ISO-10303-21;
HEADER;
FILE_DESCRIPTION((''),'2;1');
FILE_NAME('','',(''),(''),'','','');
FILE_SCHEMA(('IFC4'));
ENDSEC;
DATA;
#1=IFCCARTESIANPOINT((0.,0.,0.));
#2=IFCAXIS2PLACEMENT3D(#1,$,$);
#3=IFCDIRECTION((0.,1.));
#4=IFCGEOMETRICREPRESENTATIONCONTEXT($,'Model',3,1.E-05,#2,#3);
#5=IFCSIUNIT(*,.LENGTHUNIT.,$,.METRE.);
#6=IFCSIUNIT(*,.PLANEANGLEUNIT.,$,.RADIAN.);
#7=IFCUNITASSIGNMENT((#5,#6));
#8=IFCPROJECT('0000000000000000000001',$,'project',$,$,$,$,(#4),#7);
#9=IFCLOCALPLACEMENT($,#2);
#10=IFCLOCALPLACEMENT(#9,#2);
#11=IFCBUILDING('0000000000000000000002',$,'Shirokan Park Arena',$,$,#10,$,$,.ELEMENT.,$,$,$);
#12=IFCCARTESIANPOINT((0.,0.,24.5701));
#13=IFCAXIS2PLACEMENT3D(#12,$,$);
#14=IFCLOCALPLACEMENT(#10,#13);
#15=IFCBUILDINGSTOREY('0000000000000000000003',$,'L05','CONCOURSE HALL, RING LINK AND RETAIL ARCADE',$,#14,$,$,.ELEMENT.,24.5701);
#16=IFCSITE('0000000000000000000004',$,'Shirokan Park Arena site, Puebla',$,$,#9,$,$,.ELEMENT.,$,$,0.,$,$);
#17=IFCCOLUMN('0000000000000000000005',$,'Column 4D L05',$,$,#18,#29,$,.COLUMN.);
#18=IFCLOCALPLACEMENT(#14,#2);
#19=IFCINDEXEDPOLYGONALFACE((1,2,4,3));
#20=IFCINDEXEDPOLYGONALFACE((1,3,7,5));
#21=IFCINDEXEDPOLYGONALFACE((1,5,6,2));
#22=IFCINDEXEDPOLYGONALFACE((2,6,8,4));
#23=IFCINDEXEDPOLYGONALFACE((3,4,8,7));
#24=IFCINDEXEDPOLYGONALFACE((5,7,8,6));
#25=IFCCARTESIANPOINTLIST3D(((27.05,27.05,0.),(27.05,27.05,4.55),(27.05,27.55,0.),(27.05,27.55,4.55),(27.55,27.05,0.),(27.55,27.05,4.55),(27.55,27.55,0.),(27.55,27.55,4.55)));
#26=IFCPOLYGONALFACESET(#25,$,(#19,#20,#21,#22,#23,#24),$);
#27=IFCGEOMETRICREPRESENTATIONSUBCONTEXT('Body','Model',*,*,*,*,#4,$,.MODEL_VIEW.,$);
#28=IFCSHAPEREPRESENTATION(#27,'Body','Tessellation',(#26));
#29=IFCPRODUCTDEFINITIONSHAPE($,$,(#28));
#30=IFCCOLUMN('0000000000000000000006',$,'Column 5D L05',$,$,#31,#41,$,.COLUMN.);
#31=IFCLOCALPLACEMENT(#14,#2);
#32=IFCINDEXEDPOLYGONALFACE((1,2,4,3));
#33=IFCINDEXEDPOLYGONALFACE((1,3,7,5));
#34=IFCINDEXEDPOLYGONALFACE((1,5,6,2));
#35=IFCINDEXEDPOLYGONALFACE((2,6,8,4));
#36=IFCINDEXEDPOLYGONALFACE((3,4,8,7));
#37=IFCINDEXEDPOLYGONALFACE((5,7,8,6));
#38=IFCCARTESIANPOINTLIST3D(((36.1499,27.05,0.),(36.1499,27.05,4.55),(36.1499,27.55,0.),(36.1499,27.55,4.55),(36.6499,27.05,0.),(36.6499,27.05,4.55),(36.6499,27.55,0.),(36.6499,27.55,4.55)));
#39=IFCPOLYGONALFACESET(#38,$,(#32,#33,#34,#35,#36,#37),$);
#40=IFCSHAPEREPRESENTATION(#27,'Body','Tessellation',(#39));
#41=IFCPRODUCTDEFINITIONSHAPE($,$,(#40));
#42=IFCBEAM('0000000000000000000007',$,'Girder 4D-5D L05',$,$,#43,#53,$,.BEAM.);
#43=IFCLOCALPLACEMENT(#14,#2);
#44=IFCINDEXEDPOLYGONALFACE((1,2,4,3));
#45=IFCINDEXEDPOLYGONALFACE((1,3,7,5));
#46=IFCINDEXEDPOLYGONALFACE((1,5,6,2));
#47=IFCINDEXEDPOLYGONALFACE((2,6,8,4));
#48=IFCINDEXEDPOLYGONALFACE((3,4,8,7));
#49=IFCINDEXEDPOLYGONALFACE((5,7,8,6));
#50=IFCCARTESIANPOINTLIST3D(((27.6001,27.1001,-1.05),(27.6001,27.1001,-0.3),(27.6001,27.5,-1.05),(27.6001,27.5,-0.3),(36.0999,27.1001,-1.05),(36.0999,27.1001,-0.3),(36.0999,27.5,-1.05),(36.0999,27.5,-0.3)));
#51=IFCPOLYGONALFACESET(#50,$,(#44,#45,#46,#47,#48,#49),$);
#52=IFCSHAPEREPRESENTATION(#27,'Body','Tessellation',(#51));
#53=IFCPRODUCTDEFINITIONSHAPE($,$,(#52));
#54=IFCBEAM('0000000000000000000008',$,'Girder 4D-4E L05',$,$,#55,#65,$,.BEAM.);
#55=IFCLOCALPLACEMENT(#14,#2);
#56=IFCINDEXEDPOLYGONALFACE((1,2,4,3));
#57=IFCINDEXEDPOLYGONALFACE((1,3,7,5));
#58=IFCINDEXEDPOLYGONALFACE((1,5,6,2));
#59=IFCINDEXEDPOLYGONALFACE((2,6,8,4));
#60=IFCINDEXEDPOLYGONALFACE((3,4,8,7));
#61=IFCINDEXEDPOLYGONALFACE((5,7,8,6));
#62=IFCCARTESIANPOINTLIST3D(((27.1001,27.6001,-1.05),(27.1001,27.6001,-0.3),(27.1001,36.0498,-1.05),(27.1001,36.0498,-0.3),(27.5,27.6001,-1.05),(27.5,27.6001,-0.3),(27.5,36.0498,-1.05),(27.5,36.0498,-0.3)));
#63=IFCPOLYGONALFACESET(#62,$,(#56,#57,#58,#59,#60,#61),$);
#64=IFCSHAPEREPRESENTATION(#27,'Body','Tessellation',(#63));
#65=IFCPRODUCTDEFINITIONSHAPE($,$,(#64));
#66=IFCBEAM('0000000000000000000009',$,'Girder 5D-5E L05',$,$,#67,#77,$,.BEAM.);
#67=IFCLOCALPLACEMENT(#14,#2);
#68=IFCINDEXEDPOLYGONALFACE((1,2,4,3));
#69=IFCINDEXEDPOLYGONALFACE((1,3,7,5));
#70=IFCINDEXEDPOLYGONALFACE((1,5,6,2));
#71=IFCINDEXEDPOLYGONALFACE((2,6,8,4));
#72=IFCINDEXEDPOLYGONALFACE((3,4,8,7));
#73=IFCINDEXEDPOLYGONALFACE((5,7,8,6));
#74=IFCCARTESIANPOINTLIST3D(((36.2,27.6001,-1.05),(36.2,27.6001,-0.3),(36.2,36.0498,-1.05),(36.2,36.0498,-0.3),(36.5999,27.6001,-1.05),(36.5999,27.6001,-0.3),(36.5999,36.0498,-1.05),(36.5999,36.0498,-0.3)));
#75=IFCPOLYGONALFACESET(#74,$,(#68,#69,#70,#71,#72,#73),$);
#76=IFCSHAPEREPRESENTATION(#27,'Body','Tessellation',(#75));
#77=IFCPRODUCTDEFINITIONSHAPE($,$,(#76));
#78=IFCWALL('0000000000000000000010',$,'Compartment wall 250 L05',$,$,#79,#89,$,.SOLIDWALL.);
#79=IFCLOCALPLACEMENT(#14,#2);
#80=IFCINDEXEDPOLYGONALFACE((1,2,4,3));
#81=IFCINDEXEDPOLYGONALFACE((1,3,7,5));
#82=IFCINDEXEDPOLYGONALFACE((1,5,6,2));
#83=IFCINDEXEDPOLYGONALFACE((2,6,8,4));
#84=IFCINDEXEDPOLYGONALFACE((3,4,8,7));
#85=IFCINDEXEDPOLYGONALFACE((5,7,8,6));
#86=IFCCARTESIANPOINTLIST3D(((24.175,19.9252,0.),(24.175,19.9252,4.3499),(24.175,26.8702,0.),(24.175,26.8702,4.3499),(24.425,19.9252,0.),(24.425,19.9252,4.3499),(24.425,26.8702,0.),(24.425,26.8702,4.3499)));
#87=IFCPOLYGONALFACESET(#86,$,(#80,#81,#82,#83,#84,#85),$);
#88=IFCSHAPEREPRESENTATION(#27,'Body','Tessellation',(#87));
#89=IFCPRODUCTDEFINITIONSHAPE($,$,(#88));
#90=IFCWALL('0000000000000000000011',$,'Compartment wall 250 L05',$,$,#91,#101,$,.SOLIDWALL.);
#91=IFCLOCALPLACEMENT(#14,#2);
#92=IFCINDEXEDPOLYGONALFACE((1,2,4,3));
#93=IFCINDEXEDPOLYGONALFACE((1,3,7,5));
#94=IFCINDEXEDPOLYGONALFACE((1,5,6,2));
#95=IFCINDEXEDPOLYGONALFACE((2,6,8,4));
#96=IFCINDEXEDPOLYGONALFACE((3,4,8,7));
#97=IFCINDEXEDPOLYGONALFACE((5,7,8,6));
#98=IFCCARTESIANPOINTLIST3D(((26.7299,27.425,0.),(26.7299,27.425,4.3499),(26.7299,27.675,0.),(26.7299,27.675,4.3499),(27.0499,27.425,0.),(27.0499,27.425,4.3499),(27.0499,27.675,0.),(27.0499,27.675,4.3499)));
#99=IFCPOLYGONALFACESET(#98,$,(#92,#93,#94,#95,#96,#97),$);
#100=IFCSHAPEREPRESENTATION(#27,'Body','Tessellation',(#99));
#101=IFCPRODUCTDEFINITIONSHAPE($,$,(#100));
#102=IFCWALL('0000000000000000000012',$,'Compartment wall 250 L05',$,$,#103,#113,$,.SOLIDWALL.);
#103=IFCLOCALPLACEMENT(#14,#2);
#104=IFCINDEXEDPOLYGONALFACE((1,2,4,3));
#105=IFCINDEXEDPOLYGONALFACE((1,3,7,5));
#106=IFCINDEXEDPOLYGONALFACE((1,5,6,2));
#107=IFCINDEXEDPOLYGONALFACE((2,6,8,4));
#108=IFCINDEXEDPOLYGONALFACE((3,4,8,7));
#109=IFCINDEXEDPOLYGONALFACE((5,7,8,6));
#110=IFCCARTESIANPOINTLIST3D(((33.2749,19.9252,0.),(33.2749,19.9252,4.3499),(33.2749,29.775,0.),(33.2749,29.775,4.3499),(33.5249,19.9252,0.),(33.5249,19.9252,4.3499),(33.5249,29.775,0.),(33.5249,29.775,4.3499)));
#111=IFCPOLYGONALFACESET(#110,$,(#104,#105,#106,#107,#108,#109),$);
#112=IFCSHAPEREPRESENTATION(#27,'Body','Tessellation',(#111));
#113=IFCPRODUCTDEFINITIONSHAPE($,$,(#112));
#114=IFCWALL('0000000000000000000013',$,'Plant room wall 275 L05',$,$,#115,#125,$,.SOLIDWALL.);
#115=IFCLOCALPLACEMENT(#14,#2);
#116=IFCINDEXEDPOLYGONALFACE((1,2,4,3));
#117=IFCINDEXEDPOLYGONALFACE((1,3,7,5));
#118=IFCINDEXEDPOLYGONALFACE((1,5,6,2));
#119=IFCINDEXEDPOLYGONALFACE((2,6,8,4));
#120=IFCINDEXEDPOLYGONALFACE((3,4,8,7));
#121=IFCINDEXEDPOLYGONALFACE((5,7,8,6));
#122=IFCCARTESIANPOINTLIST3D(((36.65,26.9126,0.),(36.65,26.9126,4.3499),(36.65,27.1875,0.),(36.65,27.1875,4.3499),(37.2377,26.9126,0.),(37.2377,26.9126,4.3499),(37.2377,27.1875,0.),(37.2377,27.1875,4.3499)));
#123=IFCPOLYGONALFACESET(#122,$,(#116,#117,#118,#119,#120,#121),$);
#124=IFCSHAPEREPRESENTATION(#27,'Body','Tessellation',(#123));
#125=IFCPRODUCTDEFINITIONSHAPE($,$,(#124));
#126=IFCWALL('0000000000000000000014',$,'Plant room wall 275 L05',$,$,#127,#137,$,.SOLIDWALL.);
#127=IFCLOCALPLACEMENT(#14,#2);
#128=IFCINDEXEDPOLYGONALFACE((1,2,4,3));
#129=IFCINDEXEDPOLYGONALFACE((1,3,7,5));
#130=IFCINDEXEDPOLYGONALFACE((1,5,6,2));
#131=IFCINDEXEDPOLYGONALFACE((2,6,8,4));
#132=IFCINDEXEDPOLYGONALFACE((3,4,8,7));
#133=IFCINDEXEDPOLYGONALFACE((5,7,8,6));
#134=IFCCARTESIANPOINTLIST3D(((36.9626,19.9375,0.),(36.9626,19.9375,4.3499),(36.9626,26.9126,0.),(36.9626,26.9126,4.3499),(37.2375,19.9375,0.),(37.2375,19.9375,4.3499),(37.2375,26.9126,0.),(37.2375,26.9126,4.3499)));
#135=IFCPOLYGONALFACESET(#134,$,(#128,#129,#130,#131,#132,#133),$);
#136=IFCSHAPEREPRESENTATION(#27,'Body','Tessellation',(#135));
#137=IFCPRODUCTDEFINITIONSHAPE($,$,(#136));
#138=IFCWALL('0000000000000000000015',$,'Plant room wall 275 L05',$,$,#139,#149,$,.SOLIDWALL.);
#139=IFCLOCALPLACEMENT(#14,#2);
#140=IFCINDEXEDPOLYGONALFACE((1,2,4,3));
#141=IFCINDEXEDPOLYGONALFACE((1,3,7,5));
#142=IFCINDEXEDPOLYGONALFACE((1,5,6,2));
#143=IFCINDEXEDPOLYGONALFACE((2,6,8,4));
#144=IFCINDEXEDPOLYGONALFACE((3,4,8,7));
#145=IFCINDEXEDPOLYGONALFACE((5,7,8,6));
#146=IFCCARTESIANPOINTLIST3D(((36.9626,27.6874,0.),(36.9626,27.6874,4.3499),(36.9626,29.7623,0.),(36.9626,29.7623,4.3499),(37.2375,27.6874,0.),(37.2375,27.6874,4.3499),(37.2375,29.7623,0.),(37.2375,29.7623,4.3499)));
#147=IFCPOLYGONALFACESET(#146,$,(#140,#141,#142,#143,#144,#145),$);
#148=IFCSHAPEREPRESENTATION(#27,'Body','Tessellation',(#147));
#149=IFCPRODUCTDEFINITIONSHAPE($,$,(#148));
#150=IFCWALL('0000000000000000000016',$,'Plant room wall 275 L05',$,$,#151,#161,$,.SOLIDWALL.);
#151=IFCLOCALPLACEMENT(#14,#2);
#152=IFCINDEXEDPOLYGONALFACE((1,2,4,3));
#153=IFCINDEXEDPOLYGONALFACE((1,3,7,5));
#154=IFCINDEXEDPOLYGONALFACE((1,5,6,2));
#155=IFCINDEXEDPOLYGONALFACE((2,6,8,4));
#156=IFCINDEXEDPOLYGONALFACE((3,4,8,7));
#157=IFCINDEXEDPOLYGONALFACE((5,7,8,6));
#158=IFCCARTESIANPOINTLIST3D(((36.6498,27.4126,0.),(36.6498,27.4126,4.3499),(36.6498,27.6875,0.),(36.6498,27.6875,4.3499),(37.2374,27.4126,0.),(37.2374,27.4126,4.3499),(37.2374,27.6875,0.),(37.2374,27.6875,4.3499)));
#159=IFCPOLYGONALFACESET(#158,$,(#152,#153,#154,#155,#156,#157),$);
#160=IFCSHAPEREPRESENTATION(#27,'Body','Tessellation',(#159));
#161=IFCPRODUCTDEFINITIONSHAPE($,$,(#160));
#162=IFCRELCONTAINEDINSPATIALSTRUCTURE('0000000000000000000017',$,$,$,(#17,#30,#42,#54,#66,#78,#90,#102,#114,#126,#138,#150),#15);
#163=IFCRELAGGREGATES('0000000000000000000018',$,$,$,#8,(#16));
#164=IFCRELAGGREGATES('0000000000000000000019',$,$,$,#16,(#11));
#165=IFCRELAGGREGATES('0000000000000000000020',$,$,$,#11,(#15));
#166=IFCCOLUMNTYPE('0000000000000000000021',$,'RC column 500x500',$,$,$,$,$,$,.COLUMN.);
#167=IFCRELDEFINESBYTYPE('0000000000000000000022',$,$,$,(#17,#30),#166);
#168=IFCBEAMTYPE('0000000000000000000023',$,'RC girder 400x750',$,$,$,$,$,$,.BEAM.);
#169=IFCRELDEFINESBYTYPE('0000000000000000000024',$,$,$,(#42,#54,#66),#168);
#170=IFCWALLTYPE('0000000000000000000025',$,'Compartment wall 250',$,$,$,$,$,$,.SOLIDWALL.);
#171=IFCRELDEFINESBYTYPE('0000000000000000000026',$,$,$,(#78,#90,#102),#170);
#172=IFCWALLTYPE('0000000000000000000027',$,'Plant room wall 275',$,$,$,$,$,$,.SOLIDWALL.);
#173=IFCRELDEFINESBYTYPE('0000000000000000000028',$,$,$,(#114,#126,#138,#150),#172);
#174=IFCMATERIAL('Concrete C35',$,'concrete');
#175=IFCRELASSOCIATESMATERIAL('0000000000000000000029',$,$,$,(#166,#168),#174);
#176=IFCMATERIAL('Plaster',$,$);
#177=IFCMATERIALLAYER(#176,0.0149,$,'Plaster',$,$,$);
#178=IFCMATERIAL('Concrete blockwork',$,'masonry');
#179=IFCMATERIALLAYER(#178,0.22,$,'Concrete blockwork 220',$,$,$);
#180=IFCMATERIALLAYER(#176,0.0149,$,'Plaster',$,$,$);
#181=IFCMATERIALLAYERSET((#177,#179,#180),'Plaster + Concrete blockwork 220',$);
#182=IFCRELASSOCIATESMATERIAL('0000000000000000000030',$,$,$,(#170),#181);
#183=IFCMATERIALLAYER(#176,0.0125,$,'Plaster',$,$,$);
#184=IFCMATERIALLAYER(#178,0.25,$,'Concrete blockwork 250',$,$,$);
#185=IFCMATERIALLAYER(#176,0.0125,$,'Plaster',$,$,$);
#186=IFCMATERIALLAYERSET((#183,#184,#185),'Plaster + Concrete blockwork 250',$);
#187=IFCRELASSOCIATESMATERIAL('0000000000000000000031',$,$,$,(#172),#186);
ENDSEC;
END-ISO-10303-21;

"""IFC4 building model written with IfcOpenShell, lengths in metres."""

from ifc_helpers import new_model, si_unit, direction, frame, frame_2d, origin, origin_2d, place, context, subcontext, project, spatial, rectangle, extrude, material, layer, layer_set, material_profile, profile_set, type_object, element, save


model = new_model("IFC4")

# Units and contexts
model_context = context("Model", 3, precision=1e-05, world=origin(), true_north=direction((0.0, 1.0)))
body_context = subcontext(model_context, "Body", "Model", "MODEL_VIEW")
ifc_project = project(units=[si_unit("LENGTHUNIT", "METRE"), si_unit("PLANEANGLEUNIT", "RADIAN")], contexts=[model_context])

# Site, building, storey
site_placement = place(None, origin())
site = spatial("IfcSite", under=ifc_project, at=site_placement, Name="Shirokan Park Arena site, Puebla", CompositionType="ELEMENT", RefElevation=0.0)
building_placement = place(site_placement, origin())
building = spatial("IfcBuilding", under=site, at=building_placement, Name="Shirokan Park Arena", CompositionType="ELEMENT")
storey_placement = place(building_placement, frame((0.0, 0.0, 24.5701)))
storey = spatial("IfcBuildingStorey", under=building, at=storey_placement, Name="L05", Description="CONCOURSE HALL, RING LINK AND RETAIL ARCADE", CompositionType="ELEMENT", Elevation=24.5701)

# Columns
ifc_material_1 = material(Name="Concrete C35", Category="concrete")
ifc_material_profile_1 = material_profile(ifc_material_1, rectangle(XDim=0.5, YDim=0.5, at=origin_2d()), Name="500x500")
ifc_profile_set_1 = profile_set([ifc_material_profile_1], Name="Concrete C35")
column_type = type_object("IfcColumnType", Name="RC column 500x500", PredefinedType="COLUMN", material=ifc_profile_set_1)
for number, where, z_axis, x_axis, name in (
    (1, (27.3, 27.3, 0.0), (0.0, 0.0, 1.0), (1.0, 0.0, 0.0), "Column 4D L05"),
    (2, (36.3999, 27.3, 0.0), (0.0, 0.0, 1.0), (1.0, 0.0, 0.0), "Column 5D L05"),
):
    element("IfcColumn", number, at=place(storey_placement, frame(where, z_axis=z_axis, x_axis=x_axis)), inside=storey, type_object=column_type, Name=name, PredefinedType="COLUMN", context=body_context, shape_type="SweptSolid", body=[
        extrude(rectangle(XDim=0.5, YDim=0.5, at=origin_2d()), origin(), (0.0, 0.0, 1.0), 4.55),
    ])

# Beams
ifc_material_profile_2 = material_profile(ifc_material_1, rectangle(XDim=0.3999, YDim=0.75, at=origin_2d()), Name="400x750")
ifc_profile_set_2 = profile_set([ifc_material_profile_2], Name="Concrete C35")
beam_type = type_object("IfcBeamType", Name="RC girder 400x750", PredefinedType="BEAM", material=ifc_profile_set_2)
beam_placement = place(storey_placement, frame((27.6001, 27.3, -0.675), z_axis=(1.0, 0.0, 0.0), x_axis=(0.0, 1.0, 0.0)))
element("IfcBeam", 3, at=beam_placement, inside=storey, type_object=beam_type, Name="Girder 4D-5D L05", PredefinedType="BEAM", context=body_context, shape_type="SweptSolid", body=[
    extrude(rectangle(XDim=0.3999, YDim=0.75, at=origin_2d()), origin(), (0.0, 0.0, 1.0), 8.4998),
])
for number, where, z_axis, x_axis, name in (
    (4, (27.3, 27.6001, -0.675), (0.0, 1.0, 0.0), (-1.0, 0.0, 0.0), "Girder 4D-4E L05"),
    (5, (36.3999, 27.6001, -0.675), (0.0, 1.0, 0.0), (-1.0, 0.0, 0.0), "Girder 5D-5E L05"),
):
    element("IfcBeam", number, at=place(storey_placement, frame(where, z_axis=z_axis, x_axis=x_axis)), inside=storey, type_object=beam_type, Name=name, PredefinedType="BEAM", context=body_context, shape_type="SweptSolid", body=[
        extrude(rectangle(XDim=0.3999, YDim=0.75, at=origin_2d()), origin(), (0.0, 0.0, 1.0), 8.4497),
    ])

# Walls
ifc_material_2 = material(Name="Plaster")
ifc_layer_1 = layer(ifc_material_2, 0.0149, Name="Plaster")
ifc_material_3 = material(Name="Concrete blockwork", Category="masonry")
ifc_layer_2 = layer(ifc_material_3, 0.22, Name="Concrete blockwork 220")
ifc_layer_3 = layer(ifc_material_2, 0.0149, Name="Plaster")
ifc_layer_set_1 = layer_set([ifc_layer_1, ifc_layer_2, ifc_layer_3], Name="Plaster + Concrete blockwork 220")
wall_type_1 = type_object("IfcWallType", Name="Compartment wall 250", PredefinedType="SOLIDWALL", material=ifc_layer_set_1)
wall_1_placement = place(storey_placement, frame((24.3, 19.925, 0.0), z_axis=(0.0, 0.0, 1.0), x_axis=(0.0, 1.0, 0.0)))
element("IfcWall", 6, at=wall_1_placement, inside=storey, type_object=wall_type_1, Name="Compartment wall 250 L05", PredefinedType="SOLIDWALL", context=body_context, shape_type="SweptSolid", body=[
    extrude(rectangle(XDim=6.9451, YDim=0.25, at=frame_2d((3.4727, 0.0))), origin(), (0.0, 0.0, 1.0), 4.3499),
])
wall_2_placement = place(storey_placement, frame((27.05, 27.55, 0.0), z_axis=(0.0, 0.0, 1.0), x_axis=(-1.0, 0.0, 0.0)))
element("IfcWall", 7, at=wall_2_placement, inside=storey, type_object=wall_type_1, Name="Compartment wall 250 L05", PredefinedType="SOLIDWALL", context=body_context, shape_type="SweptSolid", body=[
    extrude(rectangle(XDim=0.3201, YDim=0.25, at=frame_2d((0.1602, 0.0))), origin(), (0.0, 0.0, 1.0), 4.3499),
])
wall_3_placement = place(storey_placement, frame((33.3999, 29.7749, 0.0), z_axis=(0.0, 0.0, 1.0), x_axis=(0.0, -1.0, 0.0)))
element("IfcWall", 8, at=wall_3_placement, inside=storey, type_object=wall_type_1, Name="Compartment wall 250 L05", PredefinedType="SOLIDWALL", context=body_context, shape_type="SweptSolid", body=[
    extrude(rectangle(XDim=9.8499, YDim=0.25, at=frame_2d((4.9248, 0.0))), origin(), (0.0, 0.0, 1.0), 4.3499),
])
ifc_layer_4 = layer(ifc_material_2, 0.0125, Name="Plaster")
ifc_layer_5 = layer(ifc_material_3, 0.25, Name="Concrete blockwork 250")
ifc_layer_6 = layer(ifc_material_2, 0.0125, Name="Plaster")
ifc_layer_set_2 = layer_set([ifc_layer_4, ifc_layer_5, ifc_layer_6], Name="Plaster + Concrete blockwork 250")
wall_type_2 = type_object("IfcWallType", Name="Plant room wall 275", PredefinedType="SOLIDWALL", material=ifc_layer_set_2)
wall_4_placement = place(storey_placement, frame((36.6499, 27.05, 0.0), z_axis=(0.0, 0.0, 1.0), x_axis=(1.0, 0.0, 0.0)))
element("IfcWall", 9, at=wall_4_placement, inside=storey, type_object=wall_type_2, Name="Plant room wall 275 L05", PredefinedType="SOLIDWALL", context=body_context, shape_type="SweptSolid", body=[
    extrude(rectangle(XDim=0.5876, YDim=0.2749, at=frame_2d((0.2939, 0.0))), origin(), (0.0, 0.0, 1.0), 4.3499),
])

# Walls
wall_5_placement = place(storey_placement, frame((37.1001, 26.9126, 0.0), z_axis=(0.0, 0.0, 1.0), x_axis=(0.0, -1.0, 0.0)))
element("IfcWall", 10, at=wall_5_placement, inside=storey, type_object=wall_type_2, Name="Plant room wall 275 L05", PredefinedType="SOLIDWALL", context=body_context, shape_type="SweptSolid", body=[
    extrude(rectangle(XDim=6.9751, YDim=0.2749, at=frame_2d((3.4875, 0.0))), origin(), (0.0, 0.0, 1.0), 4.3499),
])
wall_6_placement = place(storey_placement, frame((37.1001, 29.7625, 0.0), z_axis=(0.0, 0.0, 1.0), x_axis=(0.0, -1.0, 0.0)))
element("IfcWall", 11, at=wall_6_placement, inside=storey, type_object=wall_type_2, Name="Plant room wall 275 L05", PredefinedType="SOLIDWALL", context=body_context, shape_type="SweptSolid", body=[
    extrude(rectangle(XDim=2.075, YDim=0.2749, at=frame_2d((1.0376, 0.0))), origin(), (0.0, 0.0, 1.0), 4.3499),
])
wall_7_placement = place(storey_placement, frame((37.2375, 27.55, 0.0), z_axis=(0.0, 0.0, 1.0), x_axis=(-1.0, 0.0, 0.0)))
element("IfcWall", 12, at=wall_7_placement, inside=storey, type_object=wall_type_2, Name="Plant room wall 275 L05", PredefinedType="SOLIDWALL", context=body_context, shape_type="SweptSolid", body=[
    extrude(rectangle(XDim=0.5876, YDim=0.2749, at=frame_2d((0.2939, 0.0))), origin(), (0.0, 0.0, 1.0), 4.3499),
])

save(model, "model.ifc")
